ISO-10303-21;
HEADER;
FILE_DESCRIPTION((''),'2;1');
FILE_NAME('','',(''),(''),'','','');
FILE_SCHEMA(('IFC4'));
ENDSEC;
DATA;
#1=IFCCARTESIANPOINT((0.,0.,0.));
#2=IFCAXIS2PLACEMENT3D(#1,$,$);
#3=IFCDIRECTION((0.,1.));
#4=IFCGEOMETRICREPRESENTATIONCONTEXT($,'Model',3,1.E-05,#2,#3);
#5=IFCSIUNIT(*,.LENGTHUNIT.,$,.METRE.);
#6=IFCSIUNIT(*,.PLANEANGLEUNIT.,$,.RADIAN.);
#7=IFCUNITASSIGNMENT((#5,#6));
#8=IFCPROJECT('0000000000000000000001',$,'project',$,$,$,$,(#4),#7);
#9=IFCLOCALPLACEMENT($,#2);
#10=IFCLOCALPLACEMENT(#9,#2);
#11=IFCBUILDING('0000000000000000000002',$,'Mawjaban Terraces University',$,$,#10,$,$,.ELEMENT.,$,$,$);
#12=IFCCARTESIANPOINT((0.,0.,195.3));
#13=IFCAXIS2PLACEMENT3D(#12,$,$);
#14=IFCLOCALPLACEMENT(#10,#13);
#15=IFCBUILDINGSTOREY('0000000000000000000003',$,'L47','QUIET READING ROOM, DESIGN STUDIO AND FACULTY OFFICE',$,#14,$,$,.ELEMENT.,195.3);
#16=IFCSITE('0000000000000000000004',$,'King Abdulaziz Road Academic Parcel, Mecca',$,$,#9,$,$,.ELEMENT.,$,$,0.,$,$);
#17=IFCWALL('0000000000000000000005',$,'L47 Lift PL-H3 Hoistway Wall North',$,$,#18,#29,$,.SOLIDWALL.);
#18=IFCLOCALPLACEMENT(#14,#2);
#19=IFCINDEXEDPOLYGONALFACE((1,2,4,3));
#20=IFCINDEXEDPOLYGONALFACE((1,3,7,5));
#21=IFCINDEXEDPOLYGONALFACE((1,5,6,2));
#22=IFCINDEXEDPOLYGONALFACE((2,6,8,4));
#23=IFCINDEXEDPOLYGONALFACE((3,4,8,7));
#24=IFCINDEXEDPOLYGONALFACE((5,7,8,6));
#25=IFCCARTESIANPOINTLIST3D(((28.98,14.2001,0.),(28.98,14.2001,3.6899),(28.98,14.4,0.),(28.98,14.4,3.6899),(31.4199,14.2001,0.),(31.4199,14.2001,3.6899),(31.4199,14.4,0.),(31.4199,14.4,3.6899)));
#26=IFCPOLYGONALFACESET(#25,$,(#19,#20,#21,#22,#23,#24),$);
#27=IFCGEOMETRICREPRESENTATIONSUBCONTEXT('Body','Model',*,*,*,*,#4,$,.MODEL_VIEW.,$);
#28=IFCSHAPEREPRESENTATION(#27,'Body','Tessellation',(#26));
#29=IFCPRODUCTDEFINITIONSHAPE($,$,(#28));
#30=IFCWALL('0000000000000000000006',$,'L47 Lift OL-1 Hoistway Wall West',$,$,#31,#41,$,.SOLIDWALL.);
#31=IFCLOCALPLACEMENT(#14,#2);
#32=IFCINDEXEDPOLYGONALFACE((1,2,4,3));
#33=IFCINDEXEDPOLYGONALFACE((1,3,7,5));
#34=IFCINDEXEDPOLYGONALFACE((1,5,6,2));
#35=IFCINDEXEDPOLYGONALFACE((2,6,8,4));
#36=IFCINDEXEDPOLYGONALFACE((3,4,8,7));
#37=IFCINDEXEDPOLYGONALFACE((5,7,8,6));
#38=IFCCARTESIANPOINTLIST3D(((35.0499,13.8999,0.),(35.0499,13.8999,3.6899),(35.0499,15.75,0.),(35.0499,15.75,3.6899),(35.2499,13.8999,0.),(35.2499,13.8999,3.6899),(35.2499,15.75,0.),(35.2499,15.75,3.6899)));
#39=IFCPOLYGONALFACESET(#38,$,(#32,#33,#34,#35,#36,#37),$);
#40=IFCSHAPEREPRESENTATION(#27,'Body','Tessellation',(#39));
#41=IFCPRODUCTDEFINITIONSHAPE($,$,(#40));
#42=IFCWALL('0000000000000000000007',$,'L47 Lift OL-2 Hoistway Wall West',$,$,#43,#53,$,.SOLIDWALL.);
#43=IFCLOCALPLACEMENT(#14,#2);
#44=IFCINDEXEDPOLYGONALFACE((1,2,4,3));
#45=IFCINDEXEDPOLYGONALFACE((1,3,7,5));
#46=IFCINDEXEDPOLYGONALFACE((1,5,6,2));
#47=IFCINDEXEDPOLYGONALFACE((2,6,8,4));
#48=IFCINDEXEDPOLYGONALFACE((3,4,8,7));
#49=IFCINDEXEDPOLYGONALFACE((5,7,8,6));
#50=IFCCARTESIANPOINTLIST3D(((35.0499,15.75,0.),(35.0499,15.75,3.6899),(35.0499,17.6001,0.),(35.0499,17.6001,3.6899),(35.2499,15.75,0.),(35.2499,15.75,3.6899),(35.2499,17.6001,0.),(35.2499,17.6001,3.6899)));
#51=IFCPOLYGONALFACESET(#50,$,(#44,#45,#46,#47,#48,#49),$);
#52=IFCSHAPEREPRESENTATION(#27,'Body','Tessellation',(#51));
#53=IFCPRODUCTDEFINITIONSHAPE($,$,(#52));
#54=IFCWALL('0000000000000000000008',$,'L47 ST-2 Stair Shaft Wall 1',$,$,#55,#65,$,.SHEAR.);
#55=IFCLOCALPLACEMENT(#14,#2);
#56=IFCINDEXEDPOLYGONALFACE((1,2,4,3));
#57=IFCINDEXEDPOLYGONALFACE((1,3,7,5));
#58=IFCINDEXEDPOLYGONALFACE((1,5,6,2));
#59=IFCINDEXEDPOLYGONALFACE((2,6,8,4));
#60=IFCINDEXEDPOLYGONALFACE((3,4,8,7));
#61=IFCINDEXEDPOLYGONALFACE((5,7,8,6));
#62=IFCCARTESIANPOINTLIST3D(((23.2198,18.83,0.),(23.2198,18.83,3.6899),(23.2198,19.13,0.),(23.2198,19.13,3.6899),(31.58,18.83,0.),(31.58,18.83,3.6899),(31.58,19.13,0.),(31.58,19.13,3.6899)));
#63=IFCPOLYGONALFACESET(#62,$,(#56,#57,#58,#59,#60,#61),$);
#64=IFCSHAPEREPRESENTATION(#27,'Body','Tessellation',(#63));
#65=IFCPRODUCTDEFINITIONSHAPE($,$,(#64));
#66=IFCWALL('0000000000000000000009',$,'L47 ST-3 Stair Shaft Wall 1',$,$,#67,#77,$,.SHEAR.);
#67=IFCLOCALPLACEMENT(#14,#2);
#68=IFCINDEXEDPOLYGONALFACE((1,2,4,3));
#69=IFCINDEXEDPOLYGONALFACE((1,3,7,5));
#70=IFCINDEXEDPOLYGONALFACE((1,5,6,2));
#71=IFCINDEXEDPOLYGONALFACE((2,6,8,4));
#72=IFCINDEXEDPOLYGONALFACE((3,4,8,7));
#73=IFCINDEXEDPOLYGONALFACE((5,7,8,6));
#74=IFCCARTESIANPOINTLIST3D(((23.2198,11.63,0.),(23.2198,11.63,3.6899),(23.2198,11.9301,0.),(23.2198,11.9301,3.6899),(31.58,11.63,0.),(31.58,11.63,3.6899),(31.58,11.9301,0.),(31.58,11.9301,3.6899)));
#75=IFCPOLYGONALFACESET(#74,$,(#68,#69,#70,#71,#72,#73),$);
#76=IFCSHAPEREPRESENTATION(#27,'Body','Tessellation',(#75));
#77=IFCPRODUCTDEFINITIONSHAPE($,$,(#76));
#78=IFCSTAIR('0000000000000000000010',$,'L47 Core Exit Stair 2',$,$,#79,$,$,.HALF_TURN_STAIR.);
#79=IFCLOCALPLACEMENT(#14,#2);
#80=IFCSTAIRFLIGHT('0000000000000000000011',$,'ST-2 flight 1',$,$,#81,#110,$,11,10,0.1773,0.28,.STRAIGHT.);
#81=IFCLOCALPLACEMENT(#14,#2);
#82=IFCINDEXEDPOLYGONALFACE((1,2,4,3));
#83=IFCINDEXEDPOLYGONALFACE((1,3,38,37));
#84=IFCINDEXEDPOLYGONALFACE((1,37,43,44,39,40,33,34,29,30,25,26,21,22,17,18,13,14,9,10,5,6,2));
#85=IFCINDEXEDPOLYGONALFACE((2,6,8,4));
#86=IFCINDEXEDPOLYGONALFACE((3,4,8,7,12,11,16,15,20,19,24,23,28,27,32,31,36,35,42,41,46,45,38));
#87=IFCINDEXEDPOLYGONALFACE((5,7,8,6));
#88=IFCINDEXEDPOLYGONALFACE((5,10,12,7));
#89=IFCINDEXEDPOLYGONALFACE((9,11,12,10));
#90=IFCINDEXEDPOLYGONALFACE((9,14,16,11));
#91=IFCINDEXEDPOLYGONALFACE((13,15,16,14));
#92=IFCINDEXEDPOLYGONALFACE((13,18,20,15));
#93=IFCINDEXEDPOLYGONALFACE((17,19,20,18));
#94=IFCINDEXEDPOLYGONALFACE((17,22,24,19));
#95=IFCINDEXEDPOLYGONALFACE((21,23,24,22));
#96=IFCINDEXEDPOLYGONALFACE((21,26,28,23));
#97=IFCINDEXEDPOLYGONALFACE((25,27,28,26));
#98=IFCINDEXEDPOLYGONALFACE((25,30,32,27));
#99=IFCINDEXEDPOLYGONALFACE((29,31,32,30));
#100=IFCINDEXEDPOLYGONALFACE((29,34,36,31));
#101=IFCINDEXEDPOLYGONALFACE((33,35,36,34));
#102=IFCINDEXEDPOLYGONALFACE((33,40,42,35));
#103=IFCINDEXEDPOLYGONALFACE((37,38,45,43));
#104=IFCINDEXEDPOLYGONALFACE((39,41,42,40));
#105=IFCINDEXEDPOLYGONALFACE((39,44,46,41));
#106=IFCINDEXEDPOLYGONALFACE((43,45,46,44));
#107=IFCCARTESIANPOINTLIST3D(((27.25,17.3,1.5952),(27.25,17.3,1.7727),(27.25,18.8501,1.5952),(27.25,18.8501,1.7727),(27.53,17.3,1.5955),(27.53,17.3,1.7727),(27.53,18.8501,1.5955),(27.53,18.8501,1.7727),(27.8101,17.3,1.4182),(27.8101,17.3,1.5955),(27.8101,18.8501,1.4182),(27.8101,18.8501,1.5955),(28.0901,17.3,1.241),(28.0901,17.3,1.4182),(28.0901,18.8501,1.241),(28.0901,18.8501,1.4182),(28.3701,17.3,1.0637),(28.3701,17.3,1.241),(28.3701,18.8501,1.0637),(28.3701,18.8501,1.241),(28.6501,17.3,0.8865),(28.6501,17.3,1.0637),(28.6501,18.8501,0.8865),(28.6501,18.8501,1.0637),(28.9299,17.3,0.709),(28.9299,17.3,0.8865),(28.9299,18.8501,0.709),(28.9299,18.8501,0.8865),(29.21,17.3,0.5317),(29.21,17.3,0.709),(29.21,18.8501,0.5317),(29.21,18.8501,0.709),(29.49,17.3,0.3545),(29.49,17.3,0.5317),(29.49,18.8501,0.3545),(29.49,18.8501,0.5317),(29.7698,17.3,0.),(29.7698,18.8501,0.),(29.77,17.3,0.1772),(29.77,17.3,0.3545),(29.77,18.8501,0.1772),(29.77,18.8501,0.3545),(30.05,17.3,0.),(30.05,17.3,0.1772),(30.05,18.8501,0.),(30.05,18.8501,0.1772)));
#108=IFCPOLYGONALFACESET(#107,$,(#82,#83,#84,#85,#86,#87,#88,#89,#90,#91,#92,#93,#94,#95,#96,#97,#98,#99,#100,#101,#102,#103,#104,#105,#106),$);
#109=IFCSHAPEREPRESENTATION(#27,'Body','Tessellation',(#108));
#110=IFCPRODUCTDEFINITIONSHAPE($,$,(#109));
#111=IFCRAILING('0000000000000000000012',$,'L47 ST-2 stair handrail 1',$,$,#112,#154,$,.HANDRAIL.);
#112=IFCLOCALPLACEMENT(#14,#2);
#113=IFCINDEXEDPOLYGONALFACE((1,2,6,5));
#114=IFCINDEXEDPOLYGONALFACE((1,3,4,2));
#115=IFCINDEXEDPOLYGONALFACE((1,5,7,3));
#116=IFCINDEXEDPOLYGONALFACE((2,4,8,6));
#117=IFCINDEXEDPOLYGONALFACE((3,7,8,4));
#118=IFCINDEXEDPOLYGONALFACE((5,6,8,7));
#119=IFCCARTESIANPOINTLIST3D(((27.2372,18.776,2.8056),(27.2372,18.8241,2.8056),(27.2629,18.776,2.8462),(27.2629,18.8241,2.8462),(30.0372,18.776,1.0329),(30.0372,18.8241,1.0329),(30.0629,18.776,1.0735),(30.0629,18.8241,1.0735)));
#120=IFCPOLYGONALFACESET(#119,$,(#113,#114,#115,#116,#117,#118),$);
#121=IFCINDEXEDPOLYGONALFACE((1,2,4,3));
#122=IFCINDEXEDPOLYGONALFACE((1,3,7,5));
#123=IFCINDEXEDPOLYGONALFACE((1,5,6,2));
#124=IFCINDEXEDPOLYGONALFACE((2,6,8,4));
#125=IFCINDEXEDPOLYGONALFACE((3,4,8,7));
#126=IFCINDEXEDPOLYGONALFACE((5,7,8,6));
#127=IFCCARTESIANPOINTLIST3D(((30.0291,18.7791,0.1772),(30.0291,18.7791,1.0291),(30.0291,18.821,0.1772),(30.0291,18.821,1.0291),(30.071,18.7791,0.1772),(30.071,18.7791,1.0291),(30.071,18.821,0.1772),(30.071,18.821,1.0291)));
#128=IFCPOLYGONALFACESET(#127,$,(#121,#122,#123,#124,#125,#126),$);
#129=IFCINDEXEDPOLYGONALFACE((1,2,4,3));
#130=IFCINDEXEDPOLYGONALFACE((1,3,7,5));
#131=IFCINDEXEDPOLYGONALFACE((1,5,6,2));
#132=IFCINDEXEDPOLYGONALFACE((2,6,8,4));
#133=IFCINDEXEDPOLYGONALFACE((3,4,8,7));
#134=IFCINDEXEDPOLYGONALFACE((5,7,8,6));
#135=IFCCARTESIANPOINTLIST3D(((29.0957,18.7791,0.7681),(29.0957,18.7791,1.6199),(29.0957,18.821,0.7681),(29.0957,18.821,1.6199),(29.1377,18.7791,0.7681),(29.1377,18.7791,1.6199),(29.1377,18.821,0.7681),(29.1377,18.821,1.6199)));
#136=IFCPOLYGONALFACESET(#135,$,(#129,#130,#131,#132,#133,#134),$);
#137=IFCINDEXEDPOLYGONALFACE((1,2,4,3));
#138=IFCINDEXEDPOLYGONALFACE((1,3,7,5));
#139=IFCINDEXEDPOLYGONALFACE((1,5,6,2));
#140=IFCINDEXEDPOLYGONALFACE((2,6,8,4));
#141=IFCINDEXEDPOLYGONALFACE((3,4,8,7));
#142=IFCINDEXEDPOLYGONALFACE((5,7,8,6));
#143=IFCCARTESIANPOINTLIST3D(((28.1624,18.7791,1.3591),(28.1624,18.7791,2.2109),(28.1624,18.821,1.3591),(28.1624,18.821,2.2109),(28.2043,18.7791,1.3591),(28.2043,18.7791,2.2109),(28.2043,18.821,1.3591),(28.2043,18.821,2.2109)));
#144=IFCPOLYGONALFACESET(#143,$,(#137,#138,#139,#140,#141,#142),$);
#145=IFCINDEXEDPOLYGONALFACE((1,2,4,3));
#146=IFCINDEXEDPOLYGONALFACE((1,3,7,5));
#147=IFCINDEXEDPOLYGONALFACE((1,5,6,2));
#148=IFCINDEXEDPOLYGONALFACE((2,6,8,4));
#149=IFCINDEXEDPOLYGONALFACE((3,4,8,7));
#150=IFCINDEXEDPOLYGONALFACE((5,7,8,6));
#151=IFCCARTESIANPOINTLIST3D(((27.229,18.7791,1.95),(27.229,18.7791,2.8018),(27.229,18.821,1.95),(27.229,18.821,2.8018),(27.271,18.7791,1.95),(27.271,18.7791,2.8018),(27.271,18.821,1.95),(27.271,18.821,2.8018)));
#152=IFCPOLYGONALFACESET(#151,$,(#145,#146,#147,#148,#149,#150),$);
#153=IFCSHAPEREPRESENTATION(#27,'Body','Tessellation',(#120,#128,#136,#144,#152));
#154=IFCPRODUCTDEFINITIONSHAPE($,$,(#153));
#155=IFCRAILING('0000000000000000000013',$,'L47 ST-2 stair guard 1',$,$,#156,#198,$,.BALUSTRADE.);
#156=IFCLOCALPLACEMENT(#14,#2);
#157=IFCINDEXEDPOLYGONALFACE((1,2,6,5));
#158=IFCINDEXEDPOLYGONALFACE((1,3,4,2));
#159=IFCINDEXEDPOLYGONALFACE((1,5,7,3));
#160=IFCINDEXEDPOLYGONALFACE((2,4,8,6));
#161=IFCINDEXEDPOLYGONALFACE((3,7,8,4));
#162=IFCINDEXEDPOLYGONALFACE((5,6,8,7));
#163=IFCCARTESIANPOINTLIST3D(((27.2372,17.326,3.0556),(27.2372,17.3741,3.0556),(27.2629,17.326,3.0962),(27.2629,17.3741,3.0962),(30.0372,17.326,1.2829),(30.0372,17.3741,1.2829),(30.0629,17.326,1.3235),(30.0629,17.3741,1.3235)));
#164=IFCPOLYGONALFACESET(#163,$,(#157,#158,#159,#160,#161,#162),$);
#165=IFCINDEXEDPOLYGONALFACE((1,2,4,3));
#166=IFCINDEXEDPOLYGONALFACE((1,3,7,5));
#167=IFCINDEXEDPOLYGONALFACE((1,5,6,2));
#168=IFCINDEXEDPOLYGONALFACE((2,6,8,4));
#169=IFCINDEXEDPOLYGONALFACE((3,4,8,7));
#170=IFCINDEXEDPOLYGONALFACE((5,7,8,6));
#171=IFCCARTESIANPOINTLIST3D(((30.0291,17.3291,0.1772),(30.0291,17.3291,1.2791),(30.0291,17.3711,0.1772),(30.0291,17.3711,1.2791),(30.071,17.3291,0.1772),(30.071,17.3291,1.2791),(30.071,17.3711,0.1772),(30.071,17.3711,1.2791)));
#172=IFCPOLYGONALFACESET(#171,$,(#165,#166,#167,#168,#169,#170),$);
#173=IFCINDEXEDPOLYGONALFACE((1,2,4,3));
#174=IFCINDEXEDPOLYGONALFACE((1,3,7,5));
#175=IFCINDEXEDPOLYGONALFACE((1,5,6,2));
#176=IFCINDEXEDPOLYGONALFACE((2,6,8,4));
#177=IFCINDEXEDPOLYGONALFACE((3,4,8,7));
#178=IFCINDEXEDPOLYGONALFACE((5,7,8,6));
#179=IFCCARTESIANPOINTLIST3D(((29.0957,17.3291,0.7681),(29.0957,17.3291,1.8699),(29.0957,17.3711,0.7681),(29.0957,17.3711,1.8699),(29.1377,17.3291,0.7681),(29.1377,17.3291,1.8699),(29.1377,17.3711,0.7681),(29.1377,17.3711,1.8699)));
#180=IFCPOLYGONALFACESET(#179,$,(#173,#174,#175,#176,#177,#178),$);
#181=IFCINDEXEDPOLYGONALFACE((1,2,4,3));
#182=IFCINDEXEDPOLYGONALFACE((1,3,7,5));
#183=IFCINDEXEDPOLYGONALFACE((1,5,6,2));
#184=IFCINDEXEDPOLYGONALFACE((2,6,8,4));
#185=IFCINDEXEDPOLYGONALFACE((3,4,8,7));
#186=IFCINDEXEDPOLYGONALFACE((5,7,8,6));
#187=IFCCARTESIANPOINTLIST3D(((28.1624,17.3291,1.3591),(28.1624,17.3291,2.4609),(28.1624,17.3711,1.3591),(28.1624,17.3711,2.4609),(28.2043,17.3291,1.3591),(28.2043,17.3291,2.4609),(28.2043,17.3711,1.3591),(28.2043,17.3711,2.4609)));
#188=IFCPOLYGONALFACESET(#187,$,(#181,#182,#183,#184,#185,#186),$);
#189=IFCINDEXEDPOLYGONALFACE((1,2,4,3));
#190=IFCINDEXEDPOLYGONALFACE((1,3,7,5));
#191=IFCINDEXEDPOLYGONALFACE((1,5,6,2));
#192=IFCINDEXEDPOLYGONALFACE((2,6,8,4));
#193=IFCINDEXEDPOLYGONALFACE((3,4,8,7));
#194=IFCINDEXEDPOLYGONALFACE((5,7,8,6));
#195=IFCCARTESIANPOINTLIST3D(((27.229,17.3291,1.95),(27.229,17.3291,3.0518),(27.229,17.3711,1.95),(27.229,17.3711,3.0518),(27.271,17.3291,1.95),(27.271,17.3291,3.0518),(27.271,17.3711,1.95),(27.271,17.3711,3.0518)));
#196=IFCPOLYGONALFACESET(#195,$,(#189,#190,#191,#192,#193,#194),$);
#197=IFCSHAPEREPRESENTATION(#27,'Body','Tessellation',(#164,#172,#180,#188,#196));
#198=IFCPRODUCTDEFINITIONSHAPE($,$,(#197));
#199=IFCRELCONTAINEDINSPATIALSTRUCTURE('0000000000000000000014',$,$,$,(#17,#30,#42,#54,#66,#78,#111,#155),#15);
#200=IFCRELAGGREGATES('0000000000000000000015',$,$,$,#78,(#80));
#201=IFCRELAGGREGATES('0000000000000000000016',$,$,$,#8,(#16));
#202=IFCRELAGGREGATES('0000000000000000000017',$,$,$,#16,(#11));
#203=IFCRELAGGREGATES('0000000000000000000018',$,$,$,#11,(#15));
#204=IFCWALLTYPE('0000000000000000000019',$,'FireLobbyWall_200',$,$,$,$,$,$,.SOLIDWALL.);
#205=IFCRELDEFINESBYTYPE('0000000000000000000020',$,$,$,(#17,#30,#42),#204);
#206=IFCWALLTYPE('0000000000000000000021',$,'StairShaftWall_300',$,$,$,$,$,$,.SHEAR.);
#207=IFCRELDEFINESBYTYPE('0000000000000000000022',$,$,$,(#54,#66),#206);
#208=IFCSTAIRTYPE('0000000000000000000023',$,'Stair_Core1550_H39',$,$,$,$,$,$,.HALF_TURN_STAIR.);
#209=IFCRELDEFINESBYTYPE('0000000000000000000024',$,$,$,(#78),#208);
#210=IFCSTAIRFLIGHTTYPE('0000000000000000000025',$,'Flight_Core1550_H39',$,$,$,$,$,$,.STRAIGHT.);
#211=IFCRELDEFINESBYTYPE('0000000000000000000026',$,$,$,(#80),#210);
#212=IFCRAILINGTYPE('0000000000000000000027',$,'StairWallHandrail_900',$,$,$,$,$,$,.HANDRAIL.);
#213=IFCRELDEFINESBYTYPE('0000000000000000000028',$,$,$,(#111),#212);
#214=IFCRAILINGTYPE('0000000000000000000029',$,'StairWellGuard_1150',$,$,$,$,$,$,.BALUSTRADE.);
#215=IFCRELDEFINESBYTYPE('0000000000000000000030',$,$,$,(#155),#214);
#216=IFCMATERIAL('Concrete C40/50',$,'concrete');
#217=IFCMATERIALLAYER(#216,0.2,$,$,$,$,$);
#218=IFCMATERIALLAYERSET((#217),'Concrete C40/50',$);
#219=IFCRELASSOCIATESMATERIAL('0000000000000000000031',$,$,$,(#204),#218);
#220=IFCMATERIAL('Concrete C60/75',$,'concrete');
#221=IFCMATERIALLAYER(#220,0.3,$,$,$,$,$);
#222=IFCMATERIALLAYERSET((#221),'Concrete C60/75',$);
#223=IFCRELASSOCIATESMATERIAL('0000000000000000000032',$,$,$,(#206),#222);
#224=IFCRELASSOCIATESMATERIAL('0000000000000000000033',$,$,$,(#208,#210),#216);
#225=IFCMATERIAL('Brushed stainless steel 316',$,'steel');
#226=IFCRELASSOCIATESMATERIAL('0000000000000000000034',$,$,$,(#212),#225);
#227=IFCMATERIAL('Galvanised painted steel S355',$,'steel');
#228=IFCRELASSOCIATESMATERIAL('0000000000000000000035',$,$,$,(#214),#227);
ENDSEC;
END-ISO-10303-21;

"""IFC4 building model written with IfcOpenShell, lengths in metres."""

from ifc_helpers import new_model, si_unit, direction, frame, frame_2d, origin, origin_2d, place, context, subcontext, project, spatial, polyline, rectangle, outline, extrude, material, layer, layer_set, type_object, element, aggregate, save


model = new_model("IFC4")

# Units and contexts
model_context = context("Model", 3, precision=1e-05, world=origin(), true_north=direction((0.0, 1.0)))
body_context = subcontext(model_context, "Body", "Model", "MODEL_VIEW")
ifc_project = project(units=[si_unit("LENGTHUNIT", "METRE"), si_unit("PLANEANGLEUNIT", "RADIAN")], contexts=[model_context])

# Site, building, storey
site_placement = place(None, origin())
site = spatial("IfcSite", under=ifc_project, at=site_placement, Name="King Abdulaziz Road Academic Parcel, Mecca", CompositionType="ELEMENT", RefElevation=0.0)
building_placement = place(site_placement, origin())
building = spatial("IfcBuilding", under=site, at=building_placement, Name="Mawjaban Terraces University", CompositionType="ELEMENT")
storey_placement = place(building_placement, frame((0.0, 0.0, 195.3)))
storey = spatial("IfcBuildingStorey", under=building, at=storey_placement, Name="L47", Description="QUIET READING ROOM, DESIGN STUDIO AND FACULTY OFFICE", CompositionType="ELEMENT", Elevation=195.3)

# Shared definitions
ifc_material_1 = material(Name="Concrete C40/50", Category="concrete")
ifc_layer_1 = layer(ifc_material_1, 0.2)
ifc_layer_set_1 = layer_set([ifc_layer_1], Name="Concrete C40/50")
wall_type_1 = type_object("IfcWallType", Name="FireLobbyWall_200", PredefinedType="SOLIDWALL", material=ifc_layer_set_1)

# Walls
wall_1_placement = place(storey_placement, frame((31.4199, 14.3, 0.0), z_axis=(0.0, 0.0, 1.0), x_axis=(-1.0, 0.0, 0.0)))
element("IfcWall", 1, at=wall_1_placement, inside=storey, type_object=wall_type_1, Name="L47 Lift PL-H3 Hoistway Wall North", PredefinedType="SOLIDWALL", context=body_context, shape_type="SweptSolid", body=[
    extrude(rectangle(XDim=2.4399, YDim=0.2, at=frame_2d((1.22, 0.0))), origin(), (0.0, 0.0, 1.0), 3.6899),
])
for number, where, z_axis, x_axis, name in (
    (2, (35.1499, 15.75, 0.0), (0.0, 0.0, 1.0), (0.0, -1.0, 0.0), "L47 Lift OL-1 Hoistway Wall West"),
    (3, (35.1499, 17.6001, 0.0), (0.0, 0.0, 1.0), (0.0, -1.0, 0.0), "L47 Lift OL-2 Hoistway Wall West"),
):
    element("IfcWall", number, at=place(storey_placement, frame(where, z_axis=z_axis, x_axis=x_axis)), inside=storey, type_object=wall_type_1, Name=name, PredefinedType="SOLIDWALL", context=body_context, shape_type="SweptSolid", body=[
        extrude(rectangle(XDim=1.8501, YDim=0.2, at=frame_2d((0.925, 0.0))), origin(), (0.0, 0.0, 1.0), 3.6899),
    ])
ifc_material_2 = material(Name="Concrete C60/75", Category="concrete")
ifc_layer_2 = layer(ifc_material_2, 0.3)
ifc_layer_set_2 = layer_set([ifc_layer_2], Name="Concrete C60/75")
wall_type_2 = type_object("IfcWallType", Name="StairShaftWall_300", PredefinedType="SHEAR", material=ifc_layer_set_2)
wall_2_placement = place(storey_placement, frame((31.5801, 18.98, 0.0), z_axis=(0.0, 0.0, 1.0), x_axis=(-1.0, 0.0, 0.0)))
element("IfcWall", 4, at=wall_2_placement, inside=storey, type_object=wall_type_2, Name="L47 ST-2 Stair Shaft Wall 1", PredefinedType="SHEAR", context=body_context, shape_type="SweptSolid", body=[
    extrude(rectangle(XDim=8.3601, YDim=0.3, at=frame_2d((4.1802, 0.0))), origin(), (0.0, 0.0, 1.0), 3.6899),
])

# Wall
wall_3_placement = place(storey_placement, frame((31.5801, 11.78, 0.0), z_axis=(0.0, 0.0, 1.0), x_axis=(-1.0, 0.0, 0.0)))
element("IfcWall", 5, at=wall_3_placement, inside=storey, type_object=wall_type_2, Name="L47 ST-3 Stair Shaft Wall 1", PredefinedType="SHEAR", context=body_context, shape_type="SweptSolid", body=[
    extrude(rectangle(XDim=8.3601, YDim=0.3, at=frame_2d((4.1802, 0.0))), origin(), (0.0, 0.0, 1.0), 3.6899),
])

# Stair, stair flight
stair_type = type_object("IfcStairType", Name="Stair_Core1550_H39", PredefinedType="HALF_TURN_STAIR", material=ifc_material_1)
stair_placement = place(storey_placement, origin())
stair = element("IfcStair", 6, at=stair_placement, inside=storey, type_object=stair_type, Name="L47 Core Exit Stair 2", PredefinedType="HALF_TURN_STAIR")
stair_flight_type = type_object("IfcStairFlightType", Name="Flight_Core1550_H39", PredefinedType="STRAIGHT", material=ifc_material_1)
stair_flight_placement = place(storey_placement, frame((30.05, 18.075, 0.0), z_axis=(0.0, 0.0, 1.0), x_axis=(-1.0, 0.0, 0.0)))
stair_flight = element("IfcStairFlight", 7, at=stair_flight_placement, type_object=stair_flight_type, Name="ST-2 flight 1", NumberOfRisers=11, NumberOfTreads=10, PredefinedType="STRAIGHT", RiserHeight=0.1773, TreadLength=0.28, context=body_context, shape_type="SweptSolid", body=[
    extrude(outline(polyline([(0.0, 0.0), (0.0, 0.1772), (0.28, 0.1772), (0.28, 0.3545), (0.5601, 0.3545), (0.5601, 0.5317), (0.8401, 0.5317), (0.8401, 0.709), (1.1201, 0.709), (1.1201, 0.8865), (1.3999, 0.8865), (1.3999, 1.0637), (1.6799, 1.0637), (1.6799, 1.241), (1.96, 1.241), (1.96, 1.4182), (2.24, 1.4182), (2.24, 1.5955), (2.52, 1.5955), (2.52, 1.7727), (2.8, 1.7727), (2.8, 1.95), (2.8, 1.5952), (0.2803, 0.0), (0.0, 0.0)])), frame((0.0, 0.7749, 0.0), z_axis=(0.0, -1.0, 0.0), x_axis=(1.0, 0.0, 0.0)), (0.0, 0.0, 1.0), 1.55),
])
aggregate(stair, [stair_flight])

# Railings
ifc_material_3 = material(Name="Brushed stainless steel 316", Category="steel")
railing_type_1 = type_object("IfcRailingType", Name="StairWallHandrail_900", PredefinedType="HANDRAIL", material=ifc_material_3)
railing_1_placement = place(storey_placement, frame((30.05, 18.8, 0.1772)))
element("IfcRailing", 8, at=railing_1_placement, inside=storey, type_object=railing_type_1, Name="L47 ST-2 stair handrail 1", PredefinedType="HANDRAIL", context=body_context, shape_type="SweptSolid", body=[
    extrude(rectangle(XDim=0.0481, YDim=0.0481, at=origin_2d()), frame((0.0, 0.0, 0.876), z_axis=(-0.844909, 0.0, 0.53491), x_axis=(0.0, -1.0, 0.0)), (0.0, 0.0, 1.0), 3.314),
    extrude(rectangle(XDim=0.042, YDim=0.042, at=origin_2d()), origin(), (0.0, 0.0, 1.0), 0.8518),
    extrude(rectangle(XDim=0.042, YDim=0.042, at=origin_2d()), frame((-0.9333, 0.0, 0.5908)), (0.0, 0.0, 1.0), 0.8518),
    extrude(rectangle(XDim=0.042, YDim=0.042, at=origin_2d()), frame((-1.8667, 0.0, 1.1819)), (0.0, 0.0, 1.0), 0.8518),
    extrude(rectangle(XDim=0.042, YDim=0.042, at=origin_2d()), frame((-2.8, 0.0, 1.7727)), (0.0, 0.0, 1.0), 0.8518),
])
ifc_material_4 = material(Name="Galvanised painted steel S355", Category="steel")
railing_type_2 = type_object("IfcRailingType", Name="StairWellGuard_1150", PredefinedType="BALUSTRADE", material=ifc_material_4)
railing_2_placement = place(storey_placement, frame((30.05, 17.3501, 0.1772)))
element("IfcRailing", 9, at=railing_2_placement, inside=storey, type_object=railing_type_2, Name="L47 ST-2 stair guard 1", PredefinedType="BALUSTRADE", context=body_context, shape_type="SweptSolid", body=[
    extrude(rectangle(XDim=0.0481, YDim=0.0481, at=origin_2d()), frame((0.0, 0.0, 1.126), z_axis=(-0.844909, 0.0, 0.53491), x_axis=(0.0, -1.0, 0.0)), (0.0, 0.0, 1.0), 3.314),
    extrude(rectangle(XDim=0.042, YDim=0.042, at=origin_2d()), origin(), (0.0, 0.0, 1.0), 1.1018),
    extrude(rectangle(XDim=0.042, YDim=0.042, at=origin_2d()), frame((-0.9333, 0.0, 0.5908)), (0.0, 0.0, 1.0), 1.1018),
    extrude(rectangle(XDim=0.042, YDim=0.042, at=origin_2d()), frame((-1.8667, 0.0, 1.1819)), (0.0, 0.0, 1.0), 1.1018),
    extrude(rectangle(XDim=0.042, YDim=0.042, at=origin_2d()), frame((-2.8, 0.0, 1.7727)), (0.0, 0.0, 1.0), 1.1018),
])

save(model, "model.ifc")
